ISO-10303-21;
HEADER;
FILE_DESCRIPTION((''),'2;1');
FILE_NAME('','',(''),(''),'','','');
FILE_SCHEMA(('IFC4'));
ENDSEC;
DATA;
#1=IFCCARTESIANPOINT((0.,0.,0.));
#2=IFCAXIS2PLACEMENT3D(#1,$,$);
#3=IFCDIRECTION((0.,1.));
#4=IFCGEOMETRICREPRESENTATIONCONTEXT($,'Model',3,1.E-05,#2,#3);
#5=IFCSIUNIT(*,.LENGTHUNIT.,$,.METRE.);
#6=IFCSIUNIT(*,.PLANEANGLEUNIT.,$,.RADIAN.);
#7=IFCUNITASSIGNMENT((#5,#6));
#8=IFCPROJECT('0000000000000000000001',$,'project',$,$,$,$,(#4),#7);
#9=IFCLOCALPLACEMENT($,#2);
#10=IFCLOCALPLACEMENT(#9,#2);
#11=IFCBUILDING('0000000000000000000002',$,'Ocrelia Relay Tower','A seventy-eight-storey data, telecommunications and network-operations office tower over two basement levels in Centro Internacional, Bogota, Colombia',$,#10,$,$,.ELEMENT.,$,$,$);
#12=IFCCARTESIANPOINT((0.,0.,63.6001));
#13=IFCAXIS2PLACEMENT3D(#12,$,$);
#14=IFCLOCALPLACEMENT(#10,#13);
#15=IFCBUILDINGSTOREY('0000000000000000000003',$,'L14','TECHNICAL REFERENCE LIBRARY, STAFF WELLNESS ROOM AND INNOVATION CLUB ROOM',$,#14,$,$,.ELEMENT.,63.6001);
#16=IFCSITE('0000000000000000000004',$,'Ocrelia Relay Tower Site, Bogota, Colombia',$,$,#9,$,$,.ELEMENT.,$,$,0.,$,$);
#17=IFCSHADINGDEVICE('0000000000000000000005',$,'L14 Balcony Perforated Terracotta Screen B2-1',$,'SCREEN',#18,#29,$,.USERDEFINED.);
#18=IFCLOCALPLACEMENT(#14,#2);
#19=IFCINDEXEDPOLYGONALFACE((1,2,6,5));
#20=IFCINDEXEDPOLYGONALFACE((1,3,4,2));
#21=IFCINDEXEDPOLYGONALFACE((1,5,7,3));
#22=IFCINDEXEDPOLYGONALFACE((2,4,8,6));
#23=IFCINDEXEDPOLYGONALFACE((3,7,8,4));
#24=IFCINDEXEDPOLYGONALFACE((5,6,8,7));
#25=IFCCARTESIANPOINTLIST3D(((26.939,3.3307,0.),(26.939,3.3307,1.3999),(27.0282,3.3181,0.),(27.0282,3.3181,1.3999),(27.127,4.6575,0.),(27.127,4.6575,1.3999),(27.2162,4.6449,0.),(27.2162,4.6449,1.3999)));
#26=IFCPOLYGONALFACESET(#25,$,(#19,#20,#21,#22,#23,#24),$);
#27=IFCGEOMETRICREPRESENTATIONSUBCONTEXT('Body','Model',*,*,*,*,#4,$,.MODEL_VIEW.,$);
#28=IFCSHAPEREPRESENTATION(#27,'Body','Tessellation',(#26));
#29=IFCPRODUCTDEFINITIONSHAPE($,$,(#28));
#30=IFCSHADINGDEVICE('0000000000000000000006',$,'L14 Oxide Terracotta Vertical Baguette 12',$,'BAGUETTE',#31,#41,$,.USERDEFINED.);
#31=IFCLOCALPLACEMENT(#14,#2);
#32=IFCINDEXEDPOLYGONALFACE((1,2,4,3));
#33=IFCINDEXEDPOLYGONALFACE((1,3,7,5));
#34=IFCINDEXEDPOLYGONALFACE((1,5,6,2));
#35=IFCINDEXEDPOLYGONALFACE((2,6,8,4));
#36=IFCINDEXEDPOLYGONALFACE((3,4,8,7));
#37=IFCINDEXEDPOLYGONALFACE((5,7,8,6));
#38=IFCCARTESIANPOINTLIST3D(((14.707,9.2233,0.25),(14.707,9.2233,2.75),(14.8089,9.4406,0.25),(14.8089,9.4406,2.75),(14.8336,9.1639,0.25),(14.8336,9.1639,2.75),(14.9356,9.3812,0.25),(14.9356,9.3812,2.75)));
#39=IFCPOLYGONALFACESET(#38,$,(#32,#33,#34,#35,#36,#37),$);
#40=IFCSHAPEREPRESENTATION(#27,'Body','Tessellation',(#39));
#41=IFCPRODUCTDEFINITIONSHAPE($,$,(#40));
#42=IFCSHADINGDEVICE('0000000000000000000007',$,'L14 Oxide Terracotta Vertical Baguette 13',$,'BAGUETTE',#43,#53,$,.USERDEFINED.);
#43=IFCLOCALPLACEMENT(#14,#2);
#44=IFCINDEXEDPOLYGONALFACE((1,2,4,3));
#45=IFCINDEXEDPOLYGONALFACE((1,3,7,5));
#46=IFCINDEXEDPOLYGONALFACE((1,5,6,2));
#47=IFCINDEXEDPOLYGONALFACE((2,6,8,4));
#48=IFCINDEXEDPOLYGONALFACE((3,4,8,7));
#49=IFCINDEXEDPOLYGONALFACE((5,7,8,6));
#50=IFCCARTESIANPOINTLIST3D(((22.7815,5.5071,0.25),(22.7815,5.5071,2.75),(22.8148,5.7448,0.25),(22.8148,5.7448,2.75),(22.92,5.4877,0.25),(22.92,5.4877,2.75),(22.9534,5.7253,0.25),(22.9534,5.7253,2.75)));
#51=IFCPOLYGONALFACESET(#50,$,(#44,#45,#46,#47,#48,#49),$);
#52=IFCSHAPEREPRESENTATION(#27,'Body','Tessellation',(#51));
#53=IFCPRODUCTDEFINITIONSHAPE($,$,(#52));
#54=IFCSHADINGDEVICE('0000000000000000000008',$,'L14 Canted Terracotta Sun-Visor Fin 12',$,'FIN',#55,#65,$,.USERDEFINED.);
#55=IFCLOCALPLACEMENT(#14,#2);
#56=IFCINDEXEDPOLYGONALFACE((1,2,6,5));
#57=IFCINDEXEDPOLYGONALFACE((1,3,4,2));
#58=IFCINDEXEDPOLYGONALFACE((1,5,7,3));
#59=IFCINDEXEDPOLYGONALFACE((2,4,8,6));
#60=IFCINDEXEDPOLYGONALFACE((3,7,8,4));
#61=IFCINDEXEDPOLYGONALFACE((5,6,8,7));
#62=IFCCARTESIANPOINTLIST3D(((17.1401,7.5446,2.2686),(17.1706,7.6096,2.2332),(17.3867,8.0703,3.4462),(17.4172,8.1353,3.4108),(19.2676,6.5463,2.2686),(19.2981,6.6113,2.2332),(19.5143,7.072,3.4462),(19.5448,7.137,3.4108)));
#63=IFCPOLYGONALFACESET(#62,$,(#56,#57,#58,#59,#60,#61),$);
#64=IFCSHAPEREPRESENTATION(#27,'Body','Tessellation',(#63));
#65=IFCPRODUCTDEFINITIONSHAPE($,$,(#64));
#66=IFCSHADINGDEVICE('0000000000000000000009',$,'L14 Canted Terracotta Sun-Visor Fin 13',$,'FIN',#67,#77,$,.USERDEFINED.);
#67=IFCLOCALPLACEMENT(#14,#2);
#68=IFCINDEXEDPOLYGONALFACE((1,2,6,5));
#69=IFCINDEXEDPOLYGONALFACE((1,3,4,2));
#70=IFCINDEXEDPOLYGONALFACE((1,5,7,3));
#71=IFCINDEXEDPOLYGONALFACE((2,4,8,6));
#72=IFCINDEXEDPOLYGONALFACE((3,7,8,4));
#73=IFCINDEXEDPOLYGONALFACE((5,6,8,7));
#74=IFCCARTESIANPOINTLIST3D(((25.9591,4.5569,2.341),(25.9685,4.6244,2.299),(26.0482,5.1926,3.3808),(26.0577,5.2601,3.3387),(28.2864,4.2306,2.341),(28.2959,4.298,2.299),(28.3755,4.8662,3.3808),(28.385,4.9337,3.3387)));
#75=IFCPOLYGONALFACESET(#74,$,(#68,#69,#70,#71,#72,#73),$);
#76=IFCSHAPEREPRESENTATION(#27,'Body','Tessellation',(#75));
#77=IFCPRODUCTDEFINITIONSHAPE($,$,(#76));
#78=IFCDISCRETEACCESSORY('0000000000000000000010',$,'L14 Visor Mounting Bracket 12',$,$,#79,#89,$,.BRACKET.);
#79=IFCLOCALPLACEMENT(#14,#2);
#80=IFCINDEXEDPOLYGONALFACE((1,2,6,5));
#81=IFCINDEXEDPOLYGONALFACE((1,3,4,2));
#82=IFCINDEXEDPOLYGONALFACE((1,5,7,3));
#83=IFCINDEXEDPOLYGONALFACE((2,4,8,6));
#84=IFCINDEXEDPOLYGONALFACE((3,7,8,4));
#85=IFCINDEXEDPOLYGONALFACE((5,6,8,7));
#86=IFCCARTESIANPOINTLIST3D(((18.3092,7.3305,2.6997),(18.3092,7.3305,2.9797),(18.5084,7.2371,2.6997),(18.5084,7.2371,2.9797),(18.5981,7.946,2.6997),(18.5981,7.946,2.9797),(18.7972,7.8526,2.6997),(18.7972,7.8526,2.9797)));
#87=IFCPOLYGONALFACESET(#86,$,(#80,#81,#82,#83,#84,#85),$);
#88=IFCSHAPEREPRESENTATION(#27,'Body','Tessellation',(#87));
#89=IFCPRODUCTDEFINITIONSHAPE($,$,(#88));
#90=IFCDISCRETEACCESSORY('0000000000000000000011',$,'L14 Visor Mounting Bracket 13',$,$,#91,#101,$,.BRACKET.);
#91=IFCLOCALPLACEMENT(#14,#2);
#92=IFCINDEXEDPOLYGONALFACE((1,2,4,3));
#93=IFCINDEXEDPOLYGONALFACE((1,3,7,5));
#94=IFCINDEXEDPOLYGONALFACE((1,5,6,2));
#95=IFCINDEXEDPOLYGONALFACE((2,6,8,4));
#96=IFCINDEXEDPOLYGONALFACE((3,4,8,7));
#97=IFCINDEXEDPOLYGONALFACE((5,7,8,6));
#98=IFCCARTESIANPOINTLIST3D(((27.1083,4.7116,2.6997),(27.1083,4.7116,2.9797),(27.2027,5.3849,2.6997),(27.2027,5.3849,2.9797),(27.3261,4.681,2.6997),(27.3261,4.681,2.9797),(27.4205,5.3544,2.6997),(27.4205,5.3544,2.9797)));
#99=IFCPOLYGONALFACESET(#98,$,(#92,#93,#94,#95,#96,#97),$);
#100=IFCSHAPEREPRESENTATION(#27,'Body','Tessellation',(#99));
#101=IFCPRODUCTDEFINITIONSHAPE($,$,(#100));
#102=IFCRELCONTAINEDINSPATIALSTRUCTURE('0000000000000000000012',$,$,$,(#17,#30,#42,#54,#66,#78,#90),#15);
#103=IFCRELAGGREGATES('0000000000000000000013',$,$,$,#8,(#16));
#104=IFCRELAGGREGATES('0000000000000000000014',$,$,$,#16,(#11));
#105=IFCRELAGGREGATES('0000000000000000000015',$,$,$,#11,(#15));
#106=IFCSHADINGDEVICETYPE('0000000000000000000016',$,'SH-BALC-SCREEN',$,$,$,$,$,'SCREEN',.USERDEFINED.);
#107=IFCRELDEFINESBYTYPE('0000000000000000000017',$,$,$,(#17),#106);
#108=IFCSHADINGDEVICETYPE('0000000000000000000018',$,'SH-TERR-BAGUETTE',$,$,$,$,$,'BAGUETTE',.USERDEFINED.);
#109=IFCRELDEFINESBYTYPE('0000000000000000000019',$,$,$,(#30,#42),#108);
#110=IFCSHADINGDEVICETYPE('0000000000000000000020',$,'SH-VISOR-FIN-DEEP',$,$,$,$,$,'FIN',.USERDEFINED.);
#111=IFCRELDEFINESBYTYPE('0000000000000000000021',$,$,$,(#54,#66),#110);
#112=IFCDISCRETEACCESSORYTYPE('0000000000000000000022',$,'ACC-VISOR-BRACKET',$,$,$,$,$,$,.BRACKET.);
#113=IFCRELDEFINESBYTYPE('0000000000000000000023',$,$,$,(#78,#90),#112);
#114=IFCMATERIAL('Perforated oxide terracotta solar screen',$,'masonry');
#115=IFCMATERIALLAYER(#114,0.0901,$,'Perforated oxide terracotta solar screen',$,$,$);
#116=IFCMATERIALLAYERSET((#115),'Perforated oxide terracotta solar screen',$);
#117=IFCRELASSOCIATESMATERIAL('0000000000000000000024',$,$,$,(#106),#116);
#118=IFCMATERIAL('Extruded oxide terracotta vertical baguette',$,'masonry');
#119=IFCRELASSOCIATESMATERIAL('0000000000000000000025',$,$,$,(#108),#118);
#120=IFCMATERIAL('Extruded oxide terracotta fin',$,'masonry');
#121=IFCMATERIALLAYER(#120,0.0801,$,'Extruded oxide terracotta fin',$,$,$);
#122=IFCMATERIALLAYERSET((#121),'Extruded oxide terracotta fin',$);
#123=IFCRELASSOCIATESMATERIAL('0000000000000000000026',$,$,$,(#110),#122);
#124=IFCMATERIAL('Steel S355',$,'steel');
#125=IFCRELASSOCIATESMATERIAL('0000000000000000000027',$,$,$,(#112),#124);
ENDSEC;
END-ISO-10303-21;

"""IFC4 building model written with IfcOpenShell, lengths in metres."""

from ifc_helpers import new_model, si_unit, direction, frame, origin, origin_2d, place, context, subcontext, project, spatial, rectangle, extrude, material, layer, layer_set, type_object, element, save


model = new_model("IFC4")

# Units and contexts
model_context = context("Model", 3, precision=1e-05, world=origin(), true_north=direction((0.0, 1.0)))
body_context = subcontext(model_context, "Body", "Model", "MODEL_VIEW")
ifc_project = project(units=[si_unit("LENGTHUNIT", "METRE"), si_unit("PLANEANGLEUNIT", "RADIAN")], contexts=[model_context])

# Site, building, storey
site_placement = place(None, origin())
site = spatial("IfcSite", under=ifc_project, at=site_placement, Name="Ocrelia Relay Tower Site, Bogota, Colombia", CompositionType="ELEMENT", RefElevation=0.0)
building_placement = place(site_placement, origin())
building = spatial("IfcBuilding", under=site, at=building_placement, Name="Ocrelia Relay Tower", Description="A seventy-eight-storey data, telecommunications and network-operations office tower over two basement levels in Centro Internacional, Bogota, Colombia", CompositionType="ELEMENT")
storey_placement = place(building_placement, frame((0.0, 0.0, 63.6001)))
storey = spatial("IfcBuildingStorey", under=building, at=storey_placement, Name="L14", Description="TECHNICAL REFERENCE LIBRARY, STAFF WELLNESS ROOM AND INNOVATION CLUB ROOM", CompositionType="ELEMENT", Elevation=63.6001)

# Shared definitions
ifc_material_1 = material(Name="Steel S355", Category="steel")

# Shading devices
ifc_material_2 = material(Name="Perforated oxide terracotta solar screen", Category="masonry")
ifc_layer_1 = layer(ifc_material_2, 0.0901, Name="Perforated oxide terracotta solar screen")
ifc_layer_set_1 = layer_set([ifc_layer_1], Name="Perforated oxide terracotta solar screen")
shading_device_type_1 = type_object("IfcShadingDeviceType", Name="SH-BALC-SCREEN", ElementType="SCREEN", PredefinedType="USERDEFINED", material=ifc_layer_set_1)
shading_device_1_placement = place(storey_placement, frame((27.0776, 3.9878, 0.0), z_axis=(0.0, 0.0, 1.0), x_axis=(-0.140296, -0.99011, 0.0)))
element("IfcShadingDevice", 1, at=shading_device_1_placement, inside=storey, type_object=shading_device_type_1, Name="L14 Balcony Perforated Terracotta Screen B2-1", ObjectType="SCREEN", PredefinedType="USERDEFINED", context=body_context, shape_type="SweptSolid", body=[
    extrude(rectangle(XDim=1.3401, YDim=0.0901, at=origin_2d()), origin(), (0.0, 0.0, 1.0), 1.3999),
])
ifc_material_3 = material(Name="Extruded oxide terracotta vertical baguette", Category="masonry")
shading_device_type_2 = type_object("IfcShadingDeviceType", Name="SH-TERR-BAGUETTE", ElementType="BAGUETTE", PredefinedType="USERDEFINED", material=ifc_material_3)
for number, where, z_axis, x_axis, name in (
    (2, (14.8213, 9.3022, 0.25), (0.0, 0.0, 1.0), (0.905291, -0.424793, 0.0), "L14 Oxide Terracotta Vertical Baguette 12"),
    (3, (22.8674, 5.6162, 0.25), (0.0, 0.0, 1.0), (0.990312, -0.138861, 0.0), "L14 Oxide Terracotta Vertical Baguette 13"),
):
    element("IfcShadingDevice", number, at=place(storey_placement, frame(where, z_axis=z_axis, x_axis=x_axis)), inside=storey, type_object=shading_device_type_2, Name=name, ObjectType="BAGUETTE", PredefinedType="USERDEFINED", context=body_context, shape_type="SweptSolid", body=[
        extrude(rectangle(XDim=0.1399, YDim=0.24, at=origin_2d()), origin(), (0.0, 0.0, 1.0), 2.5),
    ])
ifc_material_4 = material(Name="Extruded oxide terracotta fin", Category="masonry")
ifc_layer_2 = layer(ifc_material_4, 0.0801, Name="Extruded oxide terracotta fin")
ifc_layer_set_2 = layer_set([ifc_layer_2], Name="Extruded oxide terracotta fin")
shading_device_type_3 = type_object("IfcShadingDeviceType", Name="SH-VISOR-FIN-DEEP", ElementType="FIN", PredefinedType="USERDEFINED", material=ifc_layer_set_2)
shading_device_2_placement = place(storey_placement, frame((18.3577, 7.3733, 2.822), z_axis=(-0.380985, -0.81193, 0.442289), x_axis=(0.905291, -0.424793, 0.0)))
element("IfcShadingDevice", 4, at=shading_device_2_placement, inside=storey, type_object=shading_device_type_3, Name="L14 Canted Terracotta Sun-Visor Fin 12", ObjectType="FIN", PredefinedType="USERDEFINED", context=body_context, shape_type="SweptSolid", body=[
    extrude(rectangle(XDim=2.3501, YDim=1.313, at=origin_2d()), origin(), (0.0, 0.0, 1.0), 0.0801),
])
shading_device_3_placement = place(storey_placement, frame((27.1768, 4.7791, 2.8188), z_axis=(-0.118157, -0.842659, 0.525323), x_axis=(0.990312, -0.138861, 0.0)))
element("IfcShadingDevice", 5, at=shading_device_3_placement, inside=storey, type_object=shading_device_type_3, Name="L14 Canted Terracotta Sun-Visor Fin 13", ObjectType="FIN", PredefinedType="USERDEFINED", context=body_context, shape_type="SweptSolid", body=[
    extrude(rectangle(XDim=2.3501, YDim=1.2219, at=origin_2d()), origin(), (0.0, 0.0, 1.0), 0.0801),
])

# Discrete accessories
discrete_accessory_type = type_object("IfcDiscreteAccessoryType", Name="ACC-VISOR-BRACKET", PredefinedType="BRACKET", material=ifc_material_1)
for number, where, z_axis, x_axis, name in (
    (6, (18.5532, 7.5916, 2.6997), (0.0, 0.0, 1.0), (0.905291, -0.424793, 0.0), "L14 Visor Mounting Bracket 12"),
    (7, (27.2644, 5.033, 2.6997), (0.0, 0.0, 1.0), (0.990312, -0.138861, 0.0), "L14 Visor Mounting Bracket 13"),
):
    element("IfcDiscreteAccessory", number, at=place(storey_placement, frame(where, z_axis=z_axis, x_axis=x_axis)), inside=storey, type_object=discrete_accessory_type, Name=name, PredefinedType="BRACKET", context=body_context, shape_type="SweptSolid", body=[
        extrude(rectangle(XDim=0.22, YDim=0.6799, at=origin_2d()), origin(), (0.0, 0.0, 1.0), 0.28),
    ])

save(model, "model.ifc")
